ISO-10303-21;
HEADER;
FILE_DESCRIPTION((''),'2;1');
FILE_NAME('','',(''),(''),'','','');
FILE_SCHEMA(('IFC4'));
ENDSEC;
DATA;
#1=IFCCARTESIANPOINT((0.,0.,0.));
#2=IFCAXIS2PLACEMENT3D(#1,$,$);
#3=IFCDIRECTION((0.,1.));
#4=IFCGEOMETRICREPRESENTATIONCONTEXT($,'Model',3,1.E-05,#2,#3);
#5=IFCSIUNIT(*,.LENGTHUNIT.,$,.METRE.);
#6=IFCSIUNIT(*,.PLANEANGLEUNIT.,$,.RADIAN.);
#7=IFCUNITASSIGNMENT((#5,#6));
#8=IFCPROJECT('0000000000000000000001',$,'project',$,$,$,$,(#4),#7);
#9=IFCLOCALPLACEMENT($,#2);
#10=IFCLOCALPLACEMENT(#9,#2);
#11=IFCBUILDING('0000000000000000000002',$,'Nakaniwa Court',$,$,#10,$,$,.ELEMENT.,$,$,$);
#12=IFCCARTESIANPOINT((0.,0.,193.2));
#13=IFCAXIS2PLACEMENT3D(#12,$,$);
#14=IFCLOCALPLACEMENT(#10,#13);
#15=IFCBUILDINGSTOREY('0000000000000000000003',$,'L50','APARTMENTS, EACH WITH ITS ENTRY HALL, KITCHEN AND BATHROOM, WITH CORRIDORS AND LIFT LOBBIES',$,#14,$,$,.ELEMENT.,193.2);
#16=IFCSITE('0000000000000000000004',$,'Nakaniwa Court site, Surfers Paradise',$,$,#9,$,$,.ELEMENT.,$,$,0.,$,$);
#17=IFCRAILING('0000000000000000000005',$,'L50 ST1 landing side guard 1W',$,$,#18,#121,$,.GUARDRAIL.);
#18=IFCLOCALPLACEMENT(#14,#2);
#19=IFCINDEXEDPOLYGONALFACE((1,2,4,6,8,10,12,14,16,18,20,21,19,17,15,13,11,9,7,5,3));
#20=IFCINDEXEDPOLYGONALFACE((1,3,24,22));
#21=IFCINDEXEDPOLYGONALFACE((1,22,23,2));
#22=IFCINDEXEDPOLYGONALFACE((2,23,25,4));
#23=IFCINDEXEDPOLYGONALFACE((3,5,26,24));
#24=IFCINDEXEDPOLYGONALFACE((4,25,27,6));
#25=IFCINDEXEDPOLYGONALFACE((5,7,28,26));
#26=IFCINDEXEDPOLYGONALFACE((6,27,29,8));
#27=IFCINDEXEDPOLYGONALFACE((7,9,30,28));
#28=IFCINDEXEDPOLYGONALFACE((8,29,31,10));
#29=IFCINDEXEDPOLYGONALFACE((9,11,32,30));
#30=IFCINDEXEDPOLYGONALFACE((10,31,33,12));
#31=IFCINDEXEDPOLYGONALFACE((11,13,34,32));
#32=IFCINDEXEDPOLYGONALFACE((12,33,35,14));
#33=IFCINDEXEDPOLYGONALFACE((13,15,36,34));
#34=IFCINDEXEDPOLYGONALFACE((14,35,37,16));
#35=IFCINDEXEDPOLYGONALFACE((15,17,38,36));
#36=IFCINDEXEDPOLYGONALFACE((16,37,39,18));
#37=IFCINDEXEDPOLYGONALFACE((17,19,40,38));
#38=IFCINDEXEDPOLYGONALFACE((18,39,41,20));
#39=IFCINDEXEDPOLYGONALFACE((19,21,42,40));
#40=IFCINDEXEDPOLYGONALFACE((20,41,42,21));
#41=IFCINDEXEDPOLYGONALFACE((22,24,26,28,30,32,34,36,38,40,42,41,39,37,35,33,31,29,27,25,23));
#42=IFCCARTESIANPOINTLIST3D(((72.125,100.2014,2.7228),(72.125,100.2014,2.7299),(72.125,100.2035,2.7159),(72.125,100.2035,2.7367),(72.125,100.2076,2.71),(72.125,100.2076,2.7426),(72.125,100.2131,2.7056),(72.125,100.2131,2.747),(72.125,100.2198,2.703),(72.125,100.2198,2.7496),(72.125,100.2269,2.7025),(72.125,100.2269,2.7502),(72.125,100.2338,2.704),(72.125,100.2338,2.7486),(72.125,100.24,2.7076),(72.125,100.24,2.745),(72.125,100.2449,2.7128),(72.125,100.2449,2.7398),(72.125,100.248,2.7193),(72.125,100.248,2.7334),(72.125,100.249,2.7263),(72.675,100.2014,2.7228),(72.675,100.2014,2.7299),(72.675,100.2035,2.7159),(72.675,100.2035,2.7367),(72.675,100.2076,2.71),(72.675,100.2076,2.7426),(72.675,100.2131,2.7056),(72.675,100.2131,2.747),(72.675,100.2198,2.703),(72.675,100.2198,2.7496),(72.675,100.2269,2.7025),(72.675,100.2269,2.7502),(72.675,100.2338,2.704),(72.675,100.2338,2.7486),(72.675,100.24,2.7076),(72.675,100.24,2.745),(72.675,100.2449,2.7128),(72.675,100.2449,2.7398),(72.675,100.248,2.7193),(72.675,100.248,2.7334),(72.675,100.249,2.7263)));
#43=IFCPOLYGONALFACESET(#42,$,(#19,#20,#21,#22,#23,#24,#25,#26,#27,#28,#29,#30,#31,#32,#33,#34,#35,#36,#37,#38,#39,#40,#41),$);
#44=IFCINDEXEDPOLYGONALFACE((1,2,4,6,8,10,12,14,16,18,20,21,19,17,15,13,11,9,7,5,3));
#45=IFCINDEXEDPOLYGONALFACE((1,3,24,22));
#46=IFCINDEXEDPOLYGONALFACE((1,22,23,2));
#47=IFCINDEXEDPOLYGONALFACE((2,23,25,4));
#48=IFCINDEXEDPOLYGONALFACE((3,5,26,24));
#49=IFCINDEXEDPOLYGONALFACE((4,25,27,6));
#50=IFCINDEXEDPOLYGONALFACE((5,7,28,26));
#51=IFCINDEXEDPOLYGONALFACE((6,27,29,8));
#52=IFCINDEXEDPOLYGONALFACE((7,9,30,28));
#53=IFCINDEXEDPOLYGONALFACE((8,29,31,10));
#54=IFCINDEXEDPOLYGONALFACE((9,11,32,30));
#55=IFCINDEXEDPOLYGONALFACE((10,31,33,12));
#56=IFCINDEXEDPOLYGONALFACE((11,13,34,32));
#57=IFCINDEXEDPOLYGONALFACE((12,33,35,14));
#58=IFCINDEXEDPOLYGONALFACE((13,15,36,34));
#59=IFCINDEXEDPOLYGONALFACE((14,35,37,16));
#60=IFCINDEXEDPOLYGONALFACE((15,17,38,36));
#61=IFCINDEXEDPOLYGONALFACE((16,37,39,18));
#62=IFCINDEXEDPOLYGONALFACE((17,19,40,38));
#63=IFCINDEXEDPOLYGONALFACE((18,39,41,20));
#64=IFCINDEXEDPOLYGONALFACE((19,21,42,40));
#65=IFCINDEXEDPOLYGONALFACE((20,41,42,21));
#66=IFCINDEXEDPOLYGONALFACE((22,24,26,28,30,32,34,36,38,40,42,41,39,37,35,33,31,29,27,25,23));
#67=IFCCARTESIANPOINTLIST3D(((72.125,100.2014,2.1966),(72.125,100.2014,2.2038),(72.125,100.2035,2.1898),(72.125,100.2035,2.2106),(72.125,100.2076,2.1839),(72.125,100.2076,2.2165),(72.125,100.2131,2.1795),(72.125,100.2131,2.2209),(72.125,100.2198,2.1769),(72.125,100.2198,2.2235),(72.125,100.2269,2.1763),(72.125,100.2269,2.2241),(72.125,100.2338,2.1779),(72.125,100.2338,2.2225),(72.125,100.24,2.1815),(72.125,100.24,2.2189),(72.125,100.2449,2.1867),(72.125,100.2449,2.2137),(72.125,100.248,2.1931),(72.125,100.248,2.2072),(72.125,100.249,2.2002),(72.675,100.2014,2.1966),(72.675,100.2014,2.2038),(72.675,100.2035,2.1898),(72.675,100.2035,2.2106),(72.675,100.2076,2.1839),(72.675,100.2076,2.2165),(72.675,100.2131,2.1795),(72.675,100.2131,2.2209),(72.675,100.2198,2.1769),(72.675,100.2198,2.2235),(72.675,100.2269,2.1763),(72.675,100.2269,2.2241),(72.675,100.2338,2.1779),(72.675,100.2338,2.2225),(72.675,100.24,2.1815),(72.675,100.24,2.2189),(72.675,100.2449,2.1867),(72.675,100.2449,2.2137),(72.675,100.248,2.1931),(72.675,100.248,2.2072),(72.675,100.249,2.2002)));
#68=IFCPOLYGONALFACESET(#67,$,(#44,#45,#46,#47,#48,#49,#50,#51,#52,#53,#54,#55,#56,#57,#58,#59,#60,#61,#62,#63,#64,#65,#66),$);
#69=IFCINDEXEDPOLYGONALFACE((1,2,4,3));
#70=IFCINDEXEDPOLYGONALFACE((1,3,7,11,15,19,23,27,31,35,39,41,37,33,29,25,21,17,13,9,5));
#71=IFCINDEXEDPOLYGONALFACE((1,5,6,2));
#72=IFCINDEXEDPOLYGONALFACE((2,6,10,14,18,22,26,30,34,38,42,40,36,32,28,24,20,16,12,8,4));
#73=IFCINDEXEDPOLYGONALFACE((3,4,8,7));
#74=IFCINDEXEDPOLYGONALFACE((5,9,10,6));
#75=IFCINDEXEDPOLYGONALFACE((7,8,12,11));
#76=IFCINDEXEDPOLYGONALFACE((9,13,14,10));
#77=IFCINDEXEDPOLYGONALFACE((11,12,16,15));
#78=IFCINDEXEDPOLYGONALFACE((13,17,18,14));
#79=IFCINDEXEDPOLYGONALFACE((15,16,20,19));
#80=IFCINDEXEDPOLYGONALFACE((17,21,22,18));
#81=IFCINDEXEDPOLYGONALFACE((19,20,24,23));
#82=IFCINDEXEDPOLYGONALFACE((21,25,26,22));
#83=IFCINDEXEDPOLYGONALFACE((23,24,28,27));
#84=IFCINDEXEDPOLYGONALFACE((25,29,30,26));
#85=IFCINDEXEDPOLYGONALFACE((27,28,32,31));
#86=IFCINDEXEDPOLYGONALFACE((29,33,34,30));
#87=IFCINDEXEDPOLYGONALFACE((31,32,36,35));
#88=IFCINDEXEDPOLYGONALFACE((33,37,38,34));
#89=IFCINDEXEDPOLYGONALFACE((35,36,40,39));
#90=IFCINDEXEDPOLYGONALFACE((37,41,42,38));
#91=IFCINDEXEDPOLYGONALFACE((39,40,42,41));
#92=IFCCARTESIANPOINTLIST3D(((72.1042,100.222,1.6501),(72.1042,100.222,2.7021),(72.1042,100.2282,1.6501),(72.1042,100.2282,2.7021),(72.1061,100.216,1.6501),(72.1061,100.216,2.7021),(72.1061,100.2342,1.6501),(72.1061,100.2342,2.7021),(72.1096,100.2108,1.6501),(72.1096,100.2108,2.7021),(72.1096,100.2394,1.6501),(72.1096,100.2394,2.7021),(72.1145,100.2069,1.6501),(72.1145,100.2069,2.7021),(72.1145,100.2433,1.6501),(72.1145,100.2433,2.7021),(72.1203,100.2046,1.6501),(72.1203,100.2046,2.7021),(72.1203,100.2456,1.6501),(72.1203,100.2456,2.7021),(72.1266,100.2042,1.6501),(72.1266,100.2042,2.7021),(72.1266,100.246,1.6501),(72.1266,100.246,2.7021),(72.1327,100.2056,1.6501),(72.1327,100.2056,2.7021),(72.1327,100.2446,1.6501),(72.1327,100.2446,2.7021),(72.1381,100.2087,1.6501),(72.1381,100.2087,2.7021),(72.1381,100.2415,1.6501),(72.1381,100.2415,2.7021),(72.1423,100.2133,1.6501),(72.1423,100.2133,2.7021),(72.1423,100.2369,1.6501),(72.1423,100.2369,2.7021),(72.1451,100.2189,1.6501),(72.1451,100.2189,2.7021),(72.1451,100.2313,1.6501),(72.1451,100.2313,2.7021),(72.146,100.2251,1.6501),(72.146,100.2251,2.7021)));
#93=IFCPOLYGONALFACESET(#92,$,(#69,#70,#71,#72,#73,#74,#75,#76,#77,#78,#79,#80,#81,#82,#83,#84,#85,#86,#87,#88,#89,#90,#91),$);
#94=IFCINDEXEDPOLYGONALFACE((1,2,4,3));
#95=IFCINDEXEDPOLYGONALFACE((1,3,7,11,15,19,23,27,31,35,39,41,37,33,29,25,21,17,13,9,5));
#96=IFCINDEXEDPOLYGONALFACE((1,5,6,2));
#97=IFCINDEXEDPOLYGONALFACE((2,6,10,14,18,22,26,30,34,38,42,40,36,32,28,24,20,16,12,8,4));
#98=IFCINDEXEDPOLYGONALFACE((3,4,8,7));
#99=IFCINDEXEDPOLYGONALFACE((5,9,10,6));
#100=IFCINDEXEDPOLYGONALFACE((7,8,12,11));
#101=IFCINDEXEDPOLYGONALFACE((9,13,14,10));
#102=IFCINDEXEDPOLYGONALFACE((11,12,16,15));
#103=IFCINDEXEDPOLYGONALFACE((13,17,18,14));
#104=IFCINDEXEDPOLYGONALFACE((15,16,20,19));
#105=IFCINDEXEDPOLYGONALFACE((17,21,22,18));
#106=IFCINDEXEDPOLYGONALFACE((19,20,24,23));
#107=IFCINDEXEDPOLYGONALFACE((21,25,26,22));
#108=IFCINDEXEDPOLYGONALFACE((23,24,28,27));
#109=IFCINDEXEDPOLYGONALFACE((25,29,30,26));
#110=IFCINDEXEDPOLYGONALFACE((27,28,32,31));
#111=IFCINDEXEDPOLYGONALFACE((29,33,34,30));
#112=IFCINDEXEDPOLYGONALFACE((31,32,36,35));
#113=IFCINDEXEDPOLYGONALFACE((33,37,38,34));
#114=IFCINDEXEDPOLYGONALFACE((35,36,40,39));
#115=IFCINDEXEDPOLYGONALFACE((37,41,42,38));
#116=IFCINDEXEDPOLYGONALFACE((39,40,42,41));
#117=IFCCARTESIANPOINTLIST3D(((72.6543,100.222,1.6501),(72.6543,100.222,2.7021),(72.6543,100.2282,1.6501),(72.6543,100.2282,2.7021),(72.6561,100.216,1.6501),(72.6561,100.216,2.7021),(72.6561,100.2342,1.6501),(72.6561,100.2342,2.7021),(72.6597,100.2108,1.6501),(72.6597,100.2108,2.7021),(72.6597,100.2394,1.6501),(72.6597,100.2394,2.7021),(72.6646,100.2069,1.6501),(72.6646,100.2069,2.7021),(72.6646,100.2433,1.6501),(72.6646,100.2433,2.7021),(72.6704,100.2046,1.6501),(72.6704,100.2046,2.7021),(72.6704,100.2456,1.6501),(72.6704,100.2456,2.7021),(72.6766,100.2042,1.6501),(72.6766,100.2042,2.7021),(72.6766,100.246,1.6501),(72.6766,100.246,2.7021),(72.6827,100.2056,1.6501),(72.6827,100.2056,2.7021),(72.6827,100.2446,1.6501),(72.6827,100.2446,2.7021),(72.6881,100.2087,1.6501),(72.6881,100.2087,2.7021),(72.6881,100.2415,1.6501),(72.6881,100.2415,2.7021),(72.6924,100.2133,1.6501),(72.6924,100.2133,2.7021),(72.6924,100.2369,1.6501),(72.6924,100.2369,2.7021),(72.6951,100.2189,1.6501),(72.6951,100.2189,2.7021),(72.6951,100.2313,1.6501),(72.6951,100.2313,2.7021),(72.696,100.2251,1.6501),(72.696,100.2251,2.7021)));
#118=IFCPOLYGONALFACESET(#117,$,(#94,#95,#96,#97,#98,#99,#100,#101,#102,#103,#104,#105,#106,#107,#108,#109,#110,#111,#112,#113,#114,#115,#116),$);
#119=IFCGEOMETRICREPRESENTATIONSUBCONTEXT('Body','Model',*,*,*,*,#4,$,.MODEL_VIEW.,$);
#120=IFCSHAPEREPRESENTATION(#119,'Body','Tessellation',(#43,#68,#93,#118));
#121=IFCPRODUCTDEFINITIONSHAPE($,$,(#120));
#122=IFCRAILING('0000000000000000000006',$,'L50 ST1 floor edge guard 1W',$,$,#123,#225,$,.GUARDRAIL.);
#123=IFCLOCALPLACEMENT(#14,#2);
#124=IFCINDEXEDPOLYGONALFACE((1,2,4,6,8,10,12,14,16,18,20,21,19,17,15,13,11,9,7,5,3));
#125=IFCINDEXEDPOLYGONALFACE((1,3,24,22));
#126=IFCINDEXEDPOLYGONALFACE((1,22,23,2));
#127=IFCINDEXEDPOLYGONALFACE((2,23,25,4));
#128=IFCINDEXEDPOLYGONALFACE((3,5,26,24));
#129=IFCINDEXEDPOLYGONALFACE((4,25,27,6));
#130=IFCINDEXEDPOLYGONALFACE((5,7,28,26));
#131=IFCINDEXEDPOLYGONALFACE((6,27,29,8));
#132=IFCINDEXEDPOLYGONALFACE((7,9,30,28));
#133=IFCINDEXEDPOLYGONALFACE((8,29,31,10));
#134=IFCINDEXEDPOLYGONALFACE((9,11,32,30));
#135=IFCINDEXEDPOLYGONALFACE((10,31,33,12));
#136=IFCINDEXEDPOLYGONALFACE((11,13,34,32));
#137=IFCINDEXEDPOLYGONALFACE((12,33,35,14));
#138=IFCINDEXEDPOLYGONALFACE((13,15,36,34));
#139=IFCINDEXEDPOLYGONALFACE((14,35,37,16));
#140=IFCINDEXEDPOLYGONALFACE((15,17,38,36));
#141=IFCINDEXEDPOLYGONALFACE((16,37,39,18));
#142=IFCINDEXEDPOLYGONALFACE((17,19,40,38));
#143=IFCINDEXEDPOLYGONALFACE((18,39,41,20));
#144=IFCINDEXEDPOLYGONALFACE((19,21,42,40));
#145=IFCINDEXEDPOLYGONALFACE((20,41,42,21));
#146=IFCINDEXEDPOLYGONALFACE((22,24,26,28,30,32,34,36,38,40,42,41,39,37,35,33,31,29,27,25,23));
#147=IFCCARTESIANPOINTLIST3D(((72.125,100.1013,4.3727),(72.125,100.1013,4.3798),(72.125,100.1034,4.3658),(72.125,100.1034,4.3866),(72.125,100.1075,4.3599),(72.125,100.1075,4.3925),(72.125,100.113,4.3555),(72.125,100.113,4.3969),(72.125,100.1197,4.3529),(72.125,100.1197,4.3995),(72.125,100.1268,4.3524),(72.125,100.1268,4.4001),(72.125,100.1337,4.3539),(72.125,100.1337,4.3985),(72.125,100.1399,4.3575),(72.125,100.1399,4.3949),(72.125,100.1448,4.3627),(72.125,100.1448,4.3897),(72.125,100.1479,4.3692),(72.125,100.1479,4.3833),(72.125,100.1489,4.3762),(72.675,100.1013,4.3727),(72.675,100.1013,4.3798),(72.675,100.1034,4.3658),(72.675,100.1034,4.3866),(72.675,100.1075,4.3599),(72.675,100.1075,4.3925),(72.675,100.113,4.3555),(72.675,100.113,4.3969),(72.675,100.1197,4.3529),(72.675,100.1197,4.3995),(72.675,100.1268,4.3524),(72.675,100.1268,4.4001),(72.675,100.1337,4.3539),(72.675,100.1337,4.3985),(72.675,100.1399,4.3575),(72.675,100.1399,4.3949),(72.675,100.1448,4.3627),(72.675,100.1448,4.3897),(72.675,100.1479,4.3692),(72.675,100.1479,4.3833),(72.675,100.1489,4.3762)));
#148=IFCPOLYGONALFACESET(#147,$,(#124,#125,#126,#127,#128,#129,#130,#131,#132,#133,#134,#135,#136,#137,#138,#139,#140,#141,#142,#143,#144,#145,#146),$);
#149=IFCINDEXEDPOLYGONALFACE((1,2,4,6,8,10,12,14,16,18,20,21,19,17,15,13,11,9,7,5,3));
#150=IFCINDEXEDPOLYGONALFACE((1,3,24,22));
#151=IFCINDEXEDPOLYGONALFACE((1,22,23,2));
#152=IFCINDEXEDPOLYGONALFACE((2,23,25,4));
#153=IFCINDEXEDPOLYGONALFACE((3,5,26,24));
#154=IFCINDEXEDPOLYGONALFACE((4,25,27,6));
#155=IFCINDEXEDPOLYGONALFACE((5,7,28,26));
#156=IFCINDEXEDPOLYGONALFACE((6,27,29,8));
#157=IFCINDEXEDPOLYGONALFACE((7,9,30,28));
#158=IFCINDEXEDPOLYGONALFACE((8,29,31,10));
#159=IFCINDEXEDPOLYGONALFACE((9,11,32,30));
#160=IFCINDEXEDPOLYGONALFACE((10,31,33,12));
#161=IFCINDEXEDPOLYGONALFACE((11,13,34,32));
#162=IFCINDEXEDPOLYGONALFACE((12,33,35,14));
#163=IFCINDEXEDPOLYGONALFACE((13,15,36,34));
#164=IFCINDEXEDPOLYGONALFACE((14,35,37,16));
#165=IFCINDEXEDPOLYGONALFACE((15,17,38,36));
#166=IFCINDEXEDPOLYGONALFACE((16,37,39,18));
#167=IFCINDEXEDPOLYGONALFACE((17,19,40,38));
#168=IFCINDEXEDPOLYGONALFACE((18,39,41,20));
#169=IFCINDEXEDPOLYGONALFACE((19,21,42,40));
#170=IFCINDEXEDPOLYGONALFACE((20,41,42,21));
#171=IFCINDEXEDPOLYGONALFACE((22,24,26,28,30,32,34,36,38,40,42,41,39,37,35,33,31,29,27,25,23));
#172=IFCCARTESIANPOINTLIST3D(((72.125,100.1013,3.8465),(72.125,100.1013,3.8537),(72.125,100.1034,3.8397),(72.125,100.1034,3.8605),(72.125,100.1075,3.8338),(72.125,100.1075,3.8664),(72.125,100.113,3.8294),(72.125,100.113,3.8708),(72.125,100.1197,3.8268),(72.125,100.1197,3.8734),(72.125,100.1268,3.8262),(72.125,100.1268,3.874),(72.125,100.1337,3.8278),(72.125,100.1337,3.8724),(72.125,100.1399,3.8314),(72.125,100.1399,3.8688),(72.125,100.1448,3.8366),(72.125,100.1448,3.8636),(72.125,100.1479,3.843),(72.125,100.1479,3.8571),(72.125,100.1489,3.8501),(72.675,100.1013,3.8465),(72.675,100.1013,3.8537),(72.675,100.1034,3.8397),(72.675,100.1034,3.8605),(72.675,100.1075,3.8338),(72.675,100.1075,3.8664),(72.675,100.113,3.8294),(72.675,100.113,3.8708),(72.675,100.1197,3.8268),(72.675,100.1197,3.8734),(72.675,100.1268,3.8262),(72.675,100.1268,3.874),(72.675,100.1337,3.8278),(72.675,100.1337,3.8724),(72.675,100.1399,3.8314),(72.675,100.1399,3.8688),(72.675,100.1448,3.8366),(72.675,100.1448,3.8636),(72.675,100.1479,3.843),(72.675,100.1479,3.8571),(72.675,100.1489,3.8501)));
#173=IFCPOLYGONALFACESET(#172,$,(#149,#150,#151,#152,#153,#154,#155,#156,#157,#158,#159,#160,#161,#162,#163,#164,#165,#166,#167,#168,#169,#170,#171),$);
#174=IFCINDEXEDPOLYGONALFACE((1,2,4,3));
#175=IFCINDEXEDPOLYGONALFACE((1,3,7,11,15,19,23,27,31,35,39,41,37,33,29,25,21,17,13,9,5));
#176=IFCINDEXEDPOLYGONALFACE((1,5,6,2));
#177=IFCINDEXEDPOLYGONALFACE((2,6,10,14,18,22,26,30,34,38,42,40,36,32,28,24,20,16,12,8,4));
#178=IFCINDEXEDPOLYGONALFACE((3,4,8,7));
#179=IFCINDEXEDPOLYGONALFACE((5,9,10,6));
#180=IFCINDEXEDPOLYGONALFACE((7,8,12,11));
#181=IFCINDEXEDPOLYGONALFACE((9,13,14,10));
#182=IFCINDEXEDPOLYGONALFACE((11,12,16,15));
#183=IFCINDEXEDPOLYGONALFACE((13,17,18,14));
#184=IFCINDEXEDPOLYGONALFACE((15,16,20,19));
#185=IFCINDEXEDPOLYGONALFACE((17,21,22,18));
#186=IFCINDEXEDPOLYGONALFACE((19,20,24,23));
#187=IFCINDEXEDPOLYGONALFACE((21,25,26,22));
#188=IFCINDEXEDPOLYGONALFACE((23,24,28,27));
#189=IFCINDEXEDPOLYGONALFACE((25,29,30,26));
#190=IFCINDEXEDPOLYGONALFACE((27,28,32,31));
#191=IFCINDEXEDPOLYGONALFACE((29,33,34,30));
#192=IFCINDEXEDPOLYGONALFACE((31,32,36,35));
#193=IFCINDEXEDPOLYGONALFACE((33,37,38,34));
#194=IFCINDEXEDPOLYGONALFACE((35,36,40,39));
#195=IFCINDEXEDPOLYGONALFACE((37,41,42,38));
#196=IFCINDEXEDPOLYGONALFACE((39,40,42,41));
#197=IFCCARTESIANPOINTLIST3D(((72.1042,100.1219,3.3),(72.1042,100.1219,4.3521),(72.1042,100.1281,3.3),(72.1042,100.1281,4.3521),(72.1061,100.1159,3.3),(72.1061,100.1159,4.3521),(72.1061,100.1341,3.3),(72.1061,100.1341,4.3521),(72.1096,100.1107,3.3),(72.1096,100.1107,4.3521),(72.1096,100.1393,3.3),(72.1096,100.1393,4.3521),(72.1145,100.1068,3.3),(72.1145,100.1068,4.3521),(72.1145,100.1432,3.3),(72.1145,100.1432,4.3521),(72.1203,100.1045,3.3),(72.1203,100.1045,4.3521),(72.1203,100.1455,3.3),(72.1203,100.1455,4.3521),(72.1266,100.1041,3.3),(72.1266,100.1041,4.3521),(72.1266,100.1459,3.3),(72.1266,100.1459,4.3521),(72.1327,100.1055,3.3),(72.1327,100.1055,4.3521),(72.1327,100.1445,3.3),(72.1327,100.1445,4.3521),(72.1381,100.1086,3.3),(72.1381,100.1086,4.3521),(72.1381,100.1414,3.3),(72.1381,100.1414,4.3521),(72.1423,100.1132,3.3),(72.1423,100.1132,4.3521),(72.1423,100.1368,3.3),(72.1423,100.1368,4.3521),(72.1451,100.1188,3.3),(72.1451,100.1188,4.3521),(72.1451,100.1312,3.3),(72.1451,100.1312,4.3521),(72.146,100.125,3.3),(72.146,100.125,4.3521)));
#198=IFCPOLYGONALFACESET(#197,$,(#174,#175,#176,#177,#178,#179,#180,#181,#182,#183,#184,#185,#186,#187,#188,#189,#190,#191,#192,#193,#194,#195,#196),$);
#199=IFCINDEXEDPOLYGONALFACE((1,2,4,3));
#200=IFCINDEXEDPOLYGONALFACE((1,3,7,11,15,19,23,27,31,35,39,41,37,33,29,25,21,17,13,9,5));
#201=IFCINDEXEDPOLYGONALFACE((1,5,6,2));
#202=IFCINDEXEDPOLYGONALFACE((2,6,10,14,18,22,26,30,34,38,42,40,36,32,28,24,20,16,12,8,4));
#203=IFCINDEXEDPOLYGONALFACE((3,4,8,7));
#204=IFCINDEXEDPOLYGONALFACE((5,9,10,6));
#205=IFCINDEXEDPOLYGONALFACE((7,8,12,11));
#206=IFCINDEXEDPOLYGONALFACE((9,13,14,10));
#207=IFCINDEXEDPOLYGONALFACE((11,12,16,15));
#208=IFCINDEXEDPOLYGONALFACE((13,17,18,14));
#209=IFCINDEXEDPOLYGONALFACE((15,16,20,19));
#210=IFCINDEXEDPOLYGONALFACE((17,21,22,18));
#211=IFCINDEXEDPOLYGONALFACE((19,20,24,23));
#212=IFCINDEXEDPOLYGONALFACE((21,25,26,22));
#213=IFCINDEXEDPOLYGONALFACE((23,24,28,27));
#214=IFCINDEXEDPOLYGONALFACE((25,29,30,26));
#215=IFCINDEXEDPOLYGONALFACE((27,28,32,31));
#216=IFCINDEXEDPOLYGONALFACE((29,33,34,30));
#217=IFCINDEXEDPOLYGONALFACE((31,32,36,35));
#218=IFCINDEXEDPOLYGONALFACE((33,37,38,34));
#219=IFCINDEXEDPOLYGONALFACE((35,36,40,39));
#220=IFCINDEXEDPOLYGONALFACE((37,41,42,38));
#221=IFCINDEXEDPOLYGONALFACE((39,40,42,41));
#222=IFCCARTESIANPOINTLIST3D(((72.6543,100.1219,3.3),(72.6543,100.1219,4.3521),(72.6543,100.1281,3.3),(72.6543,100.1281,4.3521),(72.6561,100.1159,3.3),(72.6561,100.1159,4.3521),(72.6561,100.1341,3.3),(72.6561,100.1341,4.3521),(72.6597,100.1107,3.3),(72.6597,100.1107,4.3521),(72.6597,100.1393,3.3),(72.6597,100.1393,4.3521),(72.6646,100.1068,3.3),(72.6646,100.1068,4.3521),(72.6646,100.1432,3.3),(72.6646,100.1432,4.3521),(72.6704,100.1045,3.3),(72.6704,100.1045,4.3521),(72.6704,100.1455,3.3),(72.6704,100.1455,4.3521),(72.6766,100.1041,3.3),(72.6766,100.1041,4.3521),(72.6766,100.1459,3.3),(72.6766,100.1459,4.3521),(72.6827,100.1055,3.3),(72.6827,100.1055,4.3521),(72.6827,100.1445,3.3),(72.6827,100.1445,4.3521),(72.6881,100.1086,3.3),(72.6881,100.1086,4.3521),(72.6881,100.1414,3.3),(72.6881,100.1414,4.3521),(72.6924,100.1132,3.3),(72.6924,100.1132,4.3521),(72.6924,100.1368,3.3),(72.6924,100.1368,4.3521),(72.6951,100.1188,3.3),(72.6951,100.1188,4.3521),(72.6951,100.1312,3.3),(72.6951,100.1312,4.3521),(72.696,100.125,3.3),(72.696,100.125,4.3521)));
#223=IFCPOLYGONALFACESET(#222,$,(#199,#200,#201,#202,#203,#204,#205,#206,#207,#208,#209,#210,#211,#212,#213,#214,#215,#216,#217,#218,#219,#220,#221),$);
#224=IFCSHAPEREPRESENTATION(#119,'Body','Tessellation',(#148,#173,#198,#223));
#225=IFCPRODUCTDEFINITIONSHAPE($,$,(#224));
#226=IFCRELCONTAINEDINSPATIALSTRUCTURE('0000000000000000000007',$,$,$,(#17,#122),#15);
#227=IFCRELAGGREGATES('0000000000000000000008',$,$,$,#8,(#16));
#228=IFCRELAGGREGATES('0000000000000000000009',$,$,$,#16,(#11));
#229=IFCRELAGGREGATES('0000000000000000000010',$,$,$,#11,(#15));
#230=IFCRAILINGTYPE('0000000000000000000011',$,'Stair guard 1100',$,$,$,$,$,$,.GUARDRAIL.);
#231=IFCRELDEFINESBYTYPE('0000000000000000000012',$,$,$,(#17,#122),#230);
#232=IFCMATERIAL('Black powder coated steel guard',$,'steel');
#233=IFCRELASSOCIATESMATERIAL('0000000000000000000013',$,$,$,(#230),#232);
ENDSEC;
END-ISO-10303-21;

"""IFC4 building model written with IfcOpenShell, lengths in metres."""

from ifc_helpers import new_model, si_unit, direction, frame, origin, origin_2d, place, context, subcontext, project, spatial, circle, extrude, material, type_object, element, save


model = new_model("IFC4")

# Units and contexts
model_context = context("Model", 3, precision=1e-05, world=origin(), true_north=direction((0.0, 1.0)))
body_context = subcontext(model_context, "Body", "Model", "MODEL_VIEW")
ifc_project = project(units=[si_unit("LENGTHUNIT", "METRE"), si_unit("PLANEANGLEUNIT", "RADIAN")], contexts=[model_context])

# Site, building, storey
site_placement = place(None, origin())
site = spatial("IfcSite", under=ifc_project, at=site_placement, Name="Nakaniwa Court site, Surfers Paradise", CompositionType="ELEMENT", RefElevation=0.0)
building_placement = place(site_placement, origin())
building = spatial("IfcBuilding", under=site, at=building_placement, Name="Nakaniwa Court", CompositionType="ELEMENT")
storey_placement = place(building_placement, frame((0.0, 0.0, 193.2)))
storey = spatial("IfcBuildingStorey", under=building, at=storey_placement, Name="L50", Description="APARTMENTS, EACH WITH ITS ENTRY HALL, KITCHEN AND BATHROOM, WITH CORRIDORS AND LIFT LOBBIES", CompositionType="ELEMENT", Elevation=193.2)

# Railings
ifc_material_1 = material(Name="Black powder coated steel guard", Category="steel")
railing_type_1 = type_object("IfcRailingType", Name="Stair guard 1100", PredefinedType="GUARDRAIL", material=ifc_material_1)
for number, where, name in (
    (1, (72.125, 100.2251, 1.6501), "L50 ST1 landing side guard 1W"),
    (2, (72.125, 100.125, 3.3), "L50 ST1 floor edge guard 1W"),
):
    element("IfcRailing", number, at=place(storey_placement, frame(where)), inside=storey, type_object=railing_type_1, Name=name, PredefinedType="GUARDRAIL", context=body_context, shape_type="SweptSolid", body=[
        extrude(circle(Radius=0.0239, at=origin_2d()), frame((0.0, 0.0, 1.0762), z_axis=(1.0, 0.0, 0.0), x_axis=(0.0, 1.0, 0.0)), (0.0, 0.0, 1.0), 0.55),
        extrude(circle(Radius=0.0239, at=origin_2d()), frame((0.0, 0.0, 0.55), z_axis=(1.0, 0.0, 0.0), x_axis=(0.0, 1.0, 0.0)), (0.0, 0.0, 1.0), 0.55),
        extrude(circle(Radius=0.021, at=origin_2d()), origin(), (0.0, 0.0, 1.0), 1.052),
        extrude(circle(Radius=0.021, at=origin_2d()), frame((0.55, 0.0, 0.0)), (0.0, 0.0, 1.0), 1.052),
    ])

save(model, "model.ifc")
